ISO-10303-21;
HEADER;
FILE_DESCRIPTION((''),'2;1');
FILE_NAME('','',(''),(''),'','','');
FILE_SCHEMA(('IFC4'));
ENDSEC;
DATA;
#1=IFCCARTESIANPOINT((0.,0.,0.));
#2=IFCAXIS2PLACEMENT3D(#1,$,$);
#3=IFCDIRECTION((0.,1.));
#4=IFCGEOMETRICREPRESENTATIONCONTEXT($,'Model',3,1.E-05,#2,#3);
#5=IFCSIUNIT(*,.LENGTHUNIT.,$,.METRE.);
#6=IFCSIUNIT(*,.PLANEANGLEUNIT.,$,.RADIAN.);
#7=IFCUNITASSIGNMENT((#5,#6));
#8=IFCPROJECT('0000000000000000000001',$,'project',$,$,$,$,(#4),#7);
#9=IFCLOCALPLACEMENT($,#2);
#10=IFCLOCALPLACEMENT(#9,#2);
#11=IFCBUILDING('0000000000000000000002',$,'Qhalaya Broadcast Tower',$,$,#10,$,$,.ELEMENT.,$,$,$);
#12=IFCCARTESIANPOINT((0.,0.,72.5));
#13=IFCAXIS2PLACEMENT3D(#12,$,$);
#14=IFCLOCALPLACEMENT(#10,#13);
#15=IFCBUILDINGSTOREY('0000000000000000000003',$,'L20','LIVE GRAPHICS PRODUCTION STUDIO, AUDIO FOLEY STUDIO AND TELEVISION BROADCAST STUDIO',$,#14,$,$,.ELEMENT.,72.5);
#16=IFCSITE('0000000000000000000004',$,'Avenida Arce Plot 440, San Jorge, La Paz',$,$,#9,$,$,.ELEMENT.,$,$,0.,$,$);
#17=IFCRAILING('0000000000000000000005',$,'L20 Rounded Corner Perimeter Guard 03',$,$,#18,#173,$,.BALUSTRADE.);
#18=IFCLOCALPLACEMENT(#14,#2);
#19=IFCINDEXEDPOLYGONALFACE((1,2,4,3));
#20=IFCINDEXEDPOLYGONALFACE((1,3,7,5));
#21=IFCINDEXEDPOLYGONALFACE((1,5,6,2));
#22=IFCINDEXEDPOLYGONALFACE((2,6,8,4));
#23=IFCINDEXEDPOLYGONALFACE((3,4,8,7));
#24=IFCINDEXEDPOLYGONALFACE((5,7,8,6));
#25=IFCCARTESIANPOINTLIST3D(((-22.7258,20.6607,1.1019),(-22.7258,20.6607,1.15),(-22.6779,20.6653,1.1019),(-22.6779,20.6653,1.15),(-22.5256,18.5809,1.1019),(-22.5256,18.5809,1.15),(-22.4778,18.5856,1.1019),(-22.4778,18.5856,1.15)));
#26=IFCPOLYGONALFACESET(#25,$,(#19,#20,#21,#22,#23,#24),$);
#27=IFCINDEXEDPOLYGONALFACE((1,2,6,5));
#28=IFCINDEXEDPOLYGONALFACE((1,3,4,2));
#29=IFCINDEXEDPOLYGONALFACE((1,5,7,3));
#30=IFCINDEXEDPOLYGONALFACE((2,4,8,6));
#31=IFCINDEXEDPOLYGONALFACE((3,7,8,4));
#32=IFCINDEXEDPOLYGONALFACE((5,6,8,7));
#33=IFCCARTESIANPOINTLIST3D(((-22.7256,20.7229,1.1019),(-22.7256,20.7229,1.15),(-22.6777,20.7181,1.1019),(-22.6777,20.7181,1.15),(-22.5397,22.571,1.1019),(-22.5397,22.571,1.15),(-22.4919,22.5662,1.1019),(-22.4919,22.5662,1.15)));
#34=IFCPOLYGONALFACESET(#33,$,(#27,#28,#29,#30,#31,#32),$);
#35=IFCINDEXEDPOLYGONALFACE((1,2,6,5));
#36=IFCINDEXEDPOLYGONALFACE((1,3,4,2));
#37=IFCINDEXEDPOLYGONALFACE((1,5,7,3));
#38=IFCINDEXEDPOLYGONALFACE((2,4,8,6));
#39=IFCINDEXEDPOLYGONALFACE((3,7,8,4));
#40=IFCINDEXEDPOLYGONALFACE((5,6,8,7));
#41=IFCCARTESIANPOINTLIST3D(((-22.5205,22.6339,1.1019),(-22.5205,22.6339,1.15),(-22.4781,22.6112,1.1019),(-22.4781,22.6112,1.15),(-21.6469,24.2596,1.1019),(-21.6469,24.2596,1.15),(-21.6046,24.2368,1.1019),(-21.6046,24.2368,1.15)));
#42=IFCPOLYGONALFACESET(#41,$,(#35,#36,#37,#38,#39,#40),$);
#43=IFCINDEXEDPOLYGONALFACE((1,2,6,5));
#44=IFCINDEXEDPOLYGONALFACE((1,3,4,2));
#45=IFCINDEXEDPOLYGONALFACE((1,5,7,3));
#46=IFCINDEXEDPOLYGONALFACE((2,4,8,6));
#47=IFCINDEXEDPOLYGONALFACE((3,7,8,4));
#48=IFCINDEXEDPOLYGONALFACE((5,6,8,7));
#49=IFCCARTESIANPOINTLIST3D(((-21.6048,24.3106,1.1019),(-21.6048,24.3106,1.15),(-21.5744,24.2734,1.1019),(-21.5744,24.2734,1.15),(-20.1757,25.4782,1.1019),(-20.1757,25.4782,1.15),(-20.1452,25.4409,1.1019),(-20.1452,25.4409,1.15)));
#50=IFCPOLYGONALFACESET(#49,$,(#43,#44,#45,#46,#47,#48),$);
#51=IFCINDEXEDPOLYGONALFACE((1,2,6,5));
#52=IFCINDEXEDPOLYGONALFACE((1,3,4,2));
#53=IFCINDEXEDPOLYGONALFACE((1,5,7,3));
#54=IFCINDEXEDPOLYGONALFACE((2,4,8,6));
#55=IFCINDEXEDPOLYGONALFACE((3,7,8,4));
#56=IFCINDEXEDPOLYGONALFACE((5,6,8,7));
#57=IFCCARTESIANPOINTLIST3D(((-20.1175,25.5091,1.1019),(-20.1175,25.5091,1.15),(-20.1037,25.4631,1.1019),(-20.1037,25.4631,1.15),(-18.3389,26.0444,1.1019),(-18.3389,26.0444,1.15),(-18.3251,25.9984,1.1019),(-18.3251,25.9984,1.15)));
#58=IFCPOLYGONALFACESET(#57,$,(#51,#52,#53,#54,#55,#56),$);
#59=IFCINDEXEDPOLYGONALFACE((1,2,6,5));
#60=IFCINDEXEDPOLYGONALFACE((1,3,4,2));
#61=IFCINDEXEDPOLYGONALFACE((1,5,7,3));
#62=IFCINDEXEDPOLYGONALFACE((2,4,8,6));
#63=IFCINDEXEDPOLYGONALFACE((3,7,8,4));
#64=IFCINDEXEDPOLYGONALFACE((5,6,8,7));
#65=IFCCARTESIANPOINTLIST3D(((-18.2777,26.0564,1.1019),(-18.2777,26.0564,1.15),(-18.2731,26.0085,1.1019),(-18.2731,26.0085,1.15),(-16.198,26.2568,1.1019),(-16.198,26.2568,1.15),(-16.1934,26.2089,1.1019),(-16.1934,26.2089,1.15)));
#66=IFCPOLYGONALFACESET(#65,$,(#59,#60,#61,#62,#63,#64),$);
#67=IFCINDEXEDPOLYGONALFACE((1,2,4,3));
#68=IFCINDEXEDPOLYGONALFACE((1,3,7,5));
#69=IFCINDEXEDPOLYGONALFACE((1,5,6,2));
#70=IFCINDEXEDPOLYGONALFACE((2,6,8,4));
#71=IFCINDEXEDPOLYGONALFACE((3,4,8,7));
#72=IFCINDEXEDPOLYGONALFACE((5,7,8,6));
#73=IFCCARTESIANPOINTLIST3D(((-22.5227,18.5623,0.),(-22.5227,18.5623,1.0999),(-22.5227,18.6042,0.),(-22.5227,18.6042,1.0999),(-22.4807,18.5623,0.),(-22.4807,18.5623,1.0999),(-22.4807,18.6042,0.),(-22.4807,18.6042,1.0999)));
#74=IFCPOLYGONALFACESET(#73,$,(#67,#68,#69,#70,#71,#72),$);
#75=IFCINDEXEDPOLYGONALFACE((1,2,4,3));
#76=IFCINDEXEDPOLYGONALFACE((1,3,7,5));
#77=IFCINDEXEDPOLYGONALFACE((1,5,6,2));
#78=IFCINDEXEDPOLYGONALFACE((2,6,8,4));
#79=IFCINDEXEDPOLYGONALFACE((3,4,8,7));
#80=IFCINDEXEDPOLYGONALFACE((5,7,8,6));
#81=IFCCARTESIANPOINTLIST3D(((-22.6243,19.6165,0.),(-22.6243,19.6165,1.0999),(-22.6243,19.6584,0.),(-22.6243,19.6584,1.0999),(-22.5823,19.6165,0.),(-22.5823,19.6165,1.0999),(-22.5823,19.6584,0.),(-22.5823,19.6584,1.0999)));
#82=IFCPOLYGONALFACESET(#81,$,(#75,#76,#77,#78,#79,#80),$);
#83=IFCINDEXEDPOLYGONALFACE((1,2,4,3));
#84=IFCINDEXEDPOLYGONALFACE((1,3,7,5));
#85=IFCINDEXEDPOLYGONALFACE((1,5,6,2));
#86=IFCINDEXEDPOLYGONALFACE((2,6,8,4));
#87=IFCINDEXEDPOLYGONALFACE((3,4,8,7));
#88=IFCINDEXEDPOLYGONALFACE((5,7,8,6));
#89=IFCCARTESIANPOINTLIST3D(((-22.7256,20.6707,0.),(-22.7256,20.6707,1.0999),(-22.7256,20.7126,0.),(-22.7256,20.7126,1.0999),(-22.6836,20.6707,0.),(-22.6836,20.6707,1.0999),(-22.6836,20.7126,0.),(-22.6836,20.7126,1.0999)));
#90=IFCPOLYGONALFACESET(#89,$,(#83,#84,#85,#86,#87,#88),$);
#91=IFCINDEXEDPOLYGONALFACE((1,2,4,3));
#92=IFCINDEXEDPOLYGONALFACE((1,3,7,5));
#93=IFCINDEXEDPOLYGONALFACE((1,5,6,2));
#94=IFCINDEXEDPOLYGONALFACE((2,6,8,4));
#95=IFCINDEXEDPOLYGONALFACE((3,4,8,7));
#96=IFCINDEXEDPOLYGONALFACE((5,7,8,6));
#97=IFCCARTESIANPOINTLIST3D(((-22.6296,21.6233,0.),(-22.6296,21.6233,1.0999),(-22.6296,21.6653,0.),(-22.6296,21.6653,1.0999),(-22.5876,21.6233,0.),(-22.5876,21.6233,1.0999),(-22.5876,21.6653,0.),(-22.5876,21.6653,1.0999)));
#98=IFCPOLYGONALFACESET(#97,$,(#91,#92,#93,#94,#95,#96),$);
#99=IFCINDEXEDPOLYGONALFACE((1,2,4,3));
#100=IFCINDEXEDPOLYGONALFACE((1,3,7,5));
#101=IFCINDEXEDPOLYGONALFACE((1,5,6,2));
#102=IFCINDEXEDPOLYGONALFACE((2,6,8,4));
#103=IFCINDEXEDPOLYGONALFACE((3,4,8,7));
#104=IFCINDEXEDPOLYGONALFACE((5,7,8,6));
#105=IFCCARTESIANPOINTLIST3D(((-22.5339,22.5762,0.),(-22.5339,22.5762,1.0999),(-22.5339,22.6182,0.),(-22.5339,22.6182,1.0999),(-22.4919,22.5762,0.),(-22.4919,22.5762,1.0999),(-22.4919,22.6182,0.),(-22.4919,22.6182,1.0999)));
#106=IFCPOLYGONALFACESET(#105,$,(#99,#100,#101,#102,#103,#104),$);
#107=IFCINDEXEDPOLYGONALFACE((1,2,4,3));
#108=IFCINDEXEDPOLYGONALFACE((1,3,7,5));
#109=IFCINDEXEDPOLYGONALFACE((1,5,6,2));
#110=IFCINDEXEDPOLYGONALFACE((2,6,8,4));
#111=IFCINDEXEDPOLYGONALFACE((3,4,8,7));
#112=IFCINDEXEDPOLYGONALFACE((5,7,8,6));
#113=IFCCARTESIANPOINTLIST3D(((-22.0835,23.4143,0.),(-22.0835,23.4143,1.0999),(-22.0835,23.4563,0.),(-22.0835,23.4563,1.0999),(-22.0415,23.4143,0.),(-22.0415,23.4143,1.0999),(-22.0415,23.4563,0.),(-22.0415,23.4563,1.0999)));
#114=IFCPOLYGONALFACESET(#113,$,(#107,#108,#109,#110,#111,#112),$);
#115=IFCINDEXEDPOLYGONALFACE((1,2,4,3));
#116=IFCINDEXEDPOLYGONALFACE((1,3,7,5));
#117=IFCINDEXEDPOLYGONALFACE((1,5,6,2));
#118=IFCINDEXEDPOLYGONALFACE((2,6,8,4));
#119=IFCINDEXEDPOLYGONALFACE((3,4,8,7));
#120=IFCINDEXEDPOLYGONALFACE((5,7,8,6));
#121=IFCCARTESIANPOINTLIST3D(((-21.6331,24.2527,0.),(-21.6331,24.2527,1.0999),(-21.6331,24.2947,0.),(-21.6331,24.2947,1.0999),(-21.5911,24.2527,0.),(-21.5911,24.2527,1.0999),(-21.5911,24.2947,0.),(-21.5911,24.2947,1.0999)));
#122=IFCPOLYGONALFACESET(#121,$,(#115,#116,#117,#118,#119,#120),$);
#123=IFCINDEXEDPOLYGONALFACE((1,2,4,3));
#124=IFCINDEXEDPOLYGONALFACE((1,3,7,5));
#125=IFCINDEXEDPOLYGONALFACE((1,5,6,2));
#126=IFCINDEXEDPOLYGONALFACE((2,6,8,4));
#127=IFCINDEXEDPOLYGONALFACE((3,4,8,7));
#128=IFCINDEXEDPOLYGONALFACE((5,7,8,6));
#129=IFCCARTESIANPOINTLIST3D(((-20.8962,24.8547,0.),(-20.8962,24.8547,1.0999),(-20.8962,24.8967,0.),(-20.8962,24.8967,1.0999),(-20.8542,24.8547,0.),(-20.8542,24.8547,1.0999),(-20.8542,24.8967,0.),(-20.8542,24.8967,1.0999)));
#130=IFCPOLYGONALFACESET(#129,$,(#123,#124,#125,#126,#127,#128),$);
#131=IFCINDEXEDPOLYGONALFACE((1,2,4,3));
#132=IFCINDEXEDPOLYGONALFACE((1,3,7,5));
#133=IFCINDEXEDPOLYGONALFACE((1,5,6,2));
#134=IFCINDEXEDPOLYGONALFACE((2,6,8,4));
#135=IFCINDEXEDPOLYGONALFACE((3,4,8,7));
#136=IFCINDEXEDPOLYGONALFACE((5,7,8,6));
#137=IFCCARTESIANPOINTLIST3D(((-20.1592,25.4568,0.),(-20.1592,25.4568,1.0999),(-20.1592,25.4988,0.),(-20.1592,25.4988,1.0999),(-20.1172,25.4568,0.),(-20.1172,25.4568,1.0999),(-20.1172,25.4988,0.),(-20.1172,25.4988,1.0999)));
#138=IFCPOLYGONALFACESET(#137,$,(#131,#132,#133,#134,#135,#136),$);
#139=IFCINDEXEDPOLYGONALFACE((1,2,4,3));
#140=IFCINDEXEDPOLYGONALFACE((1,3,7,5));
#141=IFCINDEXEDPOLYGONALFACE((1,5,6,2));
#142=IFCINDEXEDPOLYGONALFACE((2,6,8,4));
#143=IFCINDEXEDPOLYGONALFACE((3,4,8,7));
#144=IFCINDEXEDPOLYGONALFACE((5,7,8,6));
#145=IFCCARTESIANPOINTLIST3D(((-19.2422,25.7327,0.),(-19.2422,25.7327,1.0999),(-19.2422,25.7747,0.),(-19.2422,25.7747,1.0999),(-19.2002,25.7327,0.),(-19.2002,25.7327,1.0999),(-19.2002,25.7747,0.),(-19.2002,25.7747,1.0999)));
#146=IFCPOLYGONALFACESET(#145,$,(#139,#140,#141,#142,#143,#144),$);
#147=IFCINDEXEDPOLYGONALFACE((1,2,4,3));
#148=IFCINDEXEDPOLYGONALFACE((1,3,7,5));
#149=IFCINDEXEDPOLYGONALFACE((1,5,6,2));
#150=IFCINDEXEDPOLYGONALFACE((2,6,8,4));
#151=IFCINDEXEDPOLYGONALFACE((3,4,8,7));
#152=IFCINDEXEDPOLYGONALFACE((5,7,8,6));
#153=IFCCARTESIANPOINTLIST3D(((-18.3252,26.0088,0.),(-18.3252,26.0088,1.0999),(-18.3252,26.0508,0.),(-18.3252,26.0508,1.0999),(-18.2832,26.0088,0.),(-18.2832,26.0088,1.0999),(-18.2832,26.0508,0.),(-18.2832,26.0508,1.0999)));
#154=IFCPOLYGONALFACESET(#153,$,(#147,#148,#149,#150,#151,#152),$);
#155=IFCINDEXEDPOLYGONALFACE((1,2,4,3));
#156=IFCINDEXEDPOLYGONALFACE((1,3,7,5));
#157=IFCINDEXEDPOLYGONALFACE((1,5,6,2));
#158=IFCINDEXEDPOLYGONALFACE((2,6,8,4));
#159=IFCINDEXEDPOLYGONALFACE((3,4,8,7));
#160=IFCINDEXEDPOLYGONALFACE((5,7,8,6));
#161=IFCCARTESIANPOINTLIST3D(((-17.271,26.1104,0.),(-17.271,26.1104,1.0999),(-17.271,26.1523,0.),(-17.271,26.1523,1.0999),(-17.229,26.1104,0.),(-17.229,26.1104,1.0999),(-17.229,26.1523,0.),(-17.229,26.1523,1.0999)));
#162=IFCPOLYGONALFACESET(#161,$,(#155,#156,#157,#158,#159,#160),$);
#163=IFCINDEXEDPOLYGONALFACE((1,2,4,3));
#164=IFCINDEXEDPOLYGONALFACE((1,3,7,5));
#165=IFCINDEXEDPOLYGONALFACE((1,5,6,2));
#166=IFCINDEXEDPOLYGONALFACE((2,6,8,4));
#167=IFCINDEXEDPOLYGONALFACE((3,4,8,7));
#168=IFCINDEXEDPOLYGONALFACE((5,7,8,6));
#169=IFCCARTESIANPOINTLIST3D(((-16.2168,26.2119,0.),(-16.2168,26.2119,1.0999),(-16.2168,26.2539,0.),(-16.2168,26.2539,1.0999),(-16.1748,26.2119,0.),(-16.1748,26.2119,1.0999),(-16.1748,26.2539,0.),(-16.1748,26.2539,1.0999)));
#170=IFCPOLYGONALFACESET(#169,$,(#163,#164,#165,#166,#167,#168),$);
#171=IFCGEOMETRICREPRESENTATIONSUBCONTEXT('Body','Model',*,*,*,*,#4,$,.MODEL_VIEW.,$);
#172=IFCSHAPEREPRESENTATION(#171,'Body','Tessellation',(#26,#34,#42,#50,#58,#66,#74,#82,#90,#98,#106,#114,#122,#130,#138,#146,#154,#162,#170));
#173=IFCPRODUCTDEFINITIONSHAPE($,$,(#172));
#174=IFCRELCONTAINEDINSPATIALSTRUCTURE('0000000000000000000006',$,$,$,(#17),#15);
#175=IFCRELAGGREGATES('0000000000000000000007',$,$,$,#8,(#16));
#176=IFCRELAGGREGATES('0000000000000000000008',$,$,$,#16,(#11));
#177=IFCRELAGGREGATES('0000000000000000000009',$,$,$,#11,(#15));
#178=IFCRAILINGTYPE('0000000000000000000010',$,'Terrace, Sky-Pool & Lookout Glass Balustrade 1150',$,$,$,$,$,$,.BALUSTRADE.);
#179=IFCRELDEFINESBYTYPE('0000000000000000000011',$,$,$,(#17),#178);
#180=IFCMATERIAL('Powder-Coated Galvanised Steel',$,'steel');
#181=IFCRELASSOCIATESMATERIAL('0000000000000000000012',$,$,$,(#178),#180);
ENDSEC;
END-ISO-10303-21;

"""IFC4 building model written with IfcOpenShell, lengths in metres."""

from ifc_helpers import new_model, si_unit, direction, frame, origin, origin_2d, place, context, subcontext, project, spatial, rectangle, extrude, material, type_object, element, save


model = new_model("IFC4")

# Units and contexts
model_context = context("Model", 3, precision=1e-05, world=origin(), true_north=direction((0.0, 1.0)))
body_context = subcontext(model_context, "Body", "Model", "MODEL_VIEW")
ifc_project = project(units=[si_unit("LENGTHUNIT", "METRE"), si_unit("PLANEANGLEUNIT", "RADIAN")], contexts=[model_context])

# Site, building, storey
site_placement = place(None, origin())
site = spatial("IfcSite", under=ifc_project, at=site_placement, Name="Avenida Arce Plot 440, San Jorge, La Paz", CompositionType="ELEMENT", RefElevation=0.0)
building_placement = place(site_placement, origin())
building = spatial("IfcBuilding", under=site, at=building_placement, Name="Qhalaya Broadcast Tower", CompositionType="ELEMENT")
storey_placement = place(building_placement, frame((0.0, 0.0, 72.5)))
storey = spatial("IfcBuildingStorey", under=building, at=storey_placement, Name="L20", Description="LIVE GRAPHICS PRODUCTION STUDIO, AUDIO FOLEY STUDIO AND TELEVISION BROADCAST STUDIO", CompositionType="ELEMENT", Elevation=72.5)

# Railing
ifc_material_1 = material(Name="Powder-Coated Galvanised Steel", Category="steel")
railing_type = type_object("IfcRailingType", Name="Terrace, Sky-Pool & Lookout Glass Balustrade 1150", PredefinedType="BALUSTRADE", material=ifc_material_1)
railing_placement = place(storey_placement, frame((-22.5017, 18.5833, 0.0)))
element("IfcRailing", 1, at=railing_placement, inside=storey, type_object=railing_type, Name="L20 Rounded Corner Perimeter Guard 03", PredefinedType="BALUSTRADE", context=body_context, shape_type="SweptSolid", body=[
    extrude(rectangle(XDim=0.0481, YDim=0.0481, at=origin_2d()), frame((0.0, 0.0, 1.126), z_axis=(-0.095783, 0.995402, 0.0), x_axis=(-0.995402, -0.095783, 0.0)), (0.0, 0.0, 1.0), 2.0894),
    extrude(rectangle(XDim=0.0481, YDim=0.0481, at=origin_2d()), frame((-0.2, 2.1372, 1.126), z_axis=(0.100072, 0.99498, 0.0), x_axis=(-0.99498, 0.100072, 0.0)), (0.0, 0.0, 1.0), 1.8574),
    extrude(rectangle(XDim=0.0481, YDim=0.0481, at=origin_2d()), frame((0.0024, 4.0393, 1.126), z_axis=(0.473342, 0.880879, 0.0), x_axis=(-0.880879, 0.473342, 0.0)), (0.0, 0.0, 1.0), 1.8455),
    extrude(rectangle(XDim=0.0481, YDim=0.0481, at=origin_2d()), frame((0.9121, 5.7087, 1.126), z_axis=(0.77442, 0.632672, 0.0), x_axis=(-0.632672, 0.77442, 0.0)), (0.0, 0.0, 1.0), 1.8455),
    extrude(rectangle(XDim=0.0481, YDim=0.0481, at=origin_2d()), frame((2.3911, 6.9028, 1.126), z_axis=(0.957566, 0.288213, 0.0), x_axis=(-0.288213, 0.957566, 0.0)), (0.0, 0.0, 1.0), 1.8574),
    extrude(rectangle(XDim=0.0481, YDim=0.0481, at=origin_2d()), frame((4.2263, 7.4492, 1.126), z_axis=(0.995391, 0.095897, 0.0), x_axis=(-0.095897, 0.995391, 0.0)), (0.0, 0.0, 1.0), 2.0894),
    extrude(rectangle(XDim=0.042, YDim=0.042, at=origin_2d()), origin(), (0.0, 0.0, 1.0), 1.0999),
    extrude(rectangle(XDim=0.042, YDim=0.042, at=origin_2d()), frame((-0.1016, 1.0542, 0.0)), (0.0, 0.0, 1.0), 1.0999),
    extrude(rectangle(XDim=0.042, YDim=0.042, at=origin_2d()), frame((-0.2029, 2.1084, 0.0)), (0.0, 0.0, 1.0), 1.0999),
    extrude(rectangle(XDim=0.042, YDim=0.042, at=origin_2d()), frame((-0.1069, 3.061, 0.0)), (0.0, 0.0, 1.0), 1.0999),
    extrude(rectangle(XDim=0.042, YDim=0.042, at=origin_2d()), frame((-0.0112, 4.0139, 0.0)), (0.0, 0.0, 1.0), 1.0999),
    extrude(rectangle(XDim=0.042, YDim=0.042, at=origin_2d()), frame((0.4392, 4.8521, 0.0)), (0.0, 0.0, 1.0), 1.0999),
    extrude(rectangle(XDim=0.042, YDim=0.042, at=origin_2d()), frame((0.8896, 5.6904, 0.0)), (0.0, 0.0, 1.0), 1.0999),
    extrude(rectangle(XDim=0.042, YDim=0.042, at=origin_2d()), frame((1.6265, 6.2925, 0.0)), (0.0, 0.0, 1.0), 1.0999),
    extrude(rectangle(XDim=0.042, YDim=0.042, at=origin_2d()), frame((2.3635, 6.8945, 0.0)), (0.0, 0.0, 1.0), 1.0999),
    extrude(rectangle(XDim=0.042, YDim=0.042, at=origin_2d()), frame((3.2805, 7.1704, 0.0)), (0.0, 0.0, 1.0), 1.0999),
    extrude(rectangle(XDim=0.042, YDim=0.042, at=origin_2d()), frame((4.1975, 7.4465, 0.0)), (0.0, 0.0, 1.0), 1.0999),
    extrude(rectangle(XDim=0.042, YDim=0.042, at=origin_2d()), frame((5.2517, 7.5481, 0.0)), (0.0, 0.0, 1.0), 1.0999),
    extrude(rectangle(XDim=0.042, YDim=0.042, at=origin_2d()), frame((6.3059, 7.6497, 0.0)), (0.0, 0.0, 1.0), 1.0999),
])

save(model, "model.ifc")
